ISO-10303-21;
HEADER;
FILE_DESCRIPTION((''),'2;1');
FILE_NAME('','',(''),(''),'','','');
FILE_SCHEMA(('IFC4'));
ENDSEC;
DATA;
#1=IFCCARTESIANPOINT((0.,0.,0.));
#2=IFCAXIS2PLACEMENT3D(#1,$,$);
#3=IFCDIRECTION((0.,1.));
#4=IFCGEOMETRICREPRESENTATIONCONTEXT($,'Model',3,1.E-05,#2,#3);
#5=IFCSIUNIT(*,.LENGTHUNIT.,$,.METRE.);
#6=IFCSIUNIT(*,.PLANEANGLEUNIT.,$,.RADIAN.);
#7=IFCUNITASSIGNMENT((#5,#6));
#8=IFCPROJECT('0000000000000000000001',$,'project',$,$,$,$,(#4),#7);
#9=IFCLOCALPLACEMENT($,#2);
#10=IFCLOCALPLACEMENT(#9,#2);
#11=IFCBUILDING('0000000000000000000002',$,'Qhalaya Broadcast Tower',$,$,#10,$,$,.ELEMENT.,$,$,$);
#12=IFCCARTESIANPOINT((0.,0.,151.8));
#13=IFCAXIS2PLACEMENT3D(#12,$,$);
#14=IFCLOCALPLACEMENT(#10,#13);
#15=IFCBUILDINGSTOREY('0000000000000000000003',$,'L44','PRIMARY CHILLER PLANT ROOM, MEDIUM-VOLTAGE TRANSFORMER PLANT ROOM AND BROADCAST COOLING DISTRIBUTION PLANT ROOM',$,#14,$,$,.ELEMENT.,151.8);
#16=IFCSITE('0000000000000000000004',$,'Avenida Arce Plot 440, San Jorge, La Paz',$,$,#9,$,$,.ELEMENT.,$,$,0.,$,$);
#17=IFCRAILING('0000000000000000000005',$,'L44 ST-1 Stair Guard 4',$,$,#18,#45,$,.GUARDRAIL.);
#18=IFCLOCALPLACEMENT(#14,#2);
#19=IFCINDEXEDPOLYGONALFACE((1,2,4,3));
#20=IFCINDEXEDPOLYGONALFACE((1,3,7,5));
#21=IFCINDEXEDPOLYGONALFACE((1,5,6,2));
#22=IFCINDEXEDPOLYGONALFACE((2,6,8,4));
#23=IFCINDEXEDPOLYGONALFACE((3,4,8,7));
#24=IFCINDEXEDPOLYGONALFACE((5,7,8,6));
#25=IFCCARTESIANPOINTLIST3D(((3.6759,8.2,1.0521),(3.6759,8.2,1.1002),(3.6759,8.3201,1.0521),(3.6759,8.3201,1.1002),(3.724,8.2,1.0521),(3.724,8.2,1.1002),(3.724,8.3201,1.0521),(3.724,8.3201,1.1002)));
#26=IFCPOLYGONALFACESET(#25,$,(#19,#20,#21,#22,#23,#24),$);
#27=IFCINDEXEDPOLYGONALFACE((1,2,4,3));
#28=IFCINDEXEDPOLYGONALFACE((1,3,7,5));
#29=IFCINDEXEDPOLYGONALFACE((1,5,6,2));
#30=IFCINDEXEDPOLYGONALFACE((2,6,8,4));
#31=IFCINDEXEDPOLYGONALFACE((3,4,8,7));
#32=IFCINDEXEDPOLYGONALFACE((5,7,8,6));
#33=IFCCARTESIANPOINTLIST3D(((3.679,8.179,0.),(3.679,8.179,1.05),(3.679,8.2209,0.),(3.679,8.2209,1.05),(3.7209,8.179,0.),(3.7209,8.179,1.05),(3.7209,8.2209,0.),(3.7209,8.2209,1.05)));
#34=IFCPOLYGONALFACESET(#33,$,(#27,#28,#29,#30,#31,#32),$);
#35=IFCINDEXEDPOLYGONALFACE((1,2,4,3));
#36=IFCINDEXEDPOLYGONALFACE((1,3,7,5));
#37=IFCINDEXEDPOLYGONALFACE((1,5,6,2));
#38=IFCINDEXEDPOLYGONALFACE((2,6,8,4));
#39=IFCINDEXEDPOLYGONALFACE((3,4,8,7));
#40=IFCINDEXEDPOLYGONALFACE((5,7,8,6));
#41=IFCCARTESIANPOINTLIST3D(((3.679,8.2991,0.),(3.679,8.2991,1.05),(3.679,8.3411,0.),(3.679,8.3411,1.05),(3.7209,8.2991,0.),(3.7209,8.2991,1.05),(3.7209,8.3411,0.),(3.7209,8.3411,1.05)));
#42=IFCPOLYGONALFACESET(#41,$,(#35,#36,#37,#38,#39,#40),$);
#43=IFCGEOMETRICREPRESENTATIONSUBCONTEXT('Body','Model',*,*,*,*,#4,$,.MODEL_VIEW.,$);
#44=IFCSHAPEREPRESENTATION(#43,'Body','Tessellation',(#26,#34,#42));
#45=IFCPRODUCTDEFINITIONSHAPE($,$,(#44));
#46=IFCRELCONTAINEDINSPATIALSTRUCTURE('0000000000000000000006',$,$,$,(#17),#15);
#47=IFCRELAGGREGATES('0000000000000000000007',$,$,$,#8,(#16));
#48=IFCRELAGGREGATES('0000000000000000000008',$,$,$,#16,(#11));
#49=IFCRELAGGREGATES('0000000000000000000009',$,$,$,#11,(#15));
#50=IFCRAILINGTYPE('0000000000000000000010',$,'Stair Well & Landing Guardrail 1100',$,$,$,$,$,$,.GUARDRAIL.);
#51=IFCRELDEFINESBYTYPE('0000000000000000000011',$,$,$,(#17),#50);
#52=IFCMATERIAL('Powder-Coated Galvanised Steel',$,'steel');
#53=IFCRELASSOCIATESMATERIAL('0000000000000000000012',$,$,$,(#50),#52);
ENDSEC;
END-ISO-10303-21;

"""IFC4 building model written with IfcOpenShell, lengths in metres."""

from ifc_helpers import new_model, si_unit, direction, frame, origin, origin_2d, place, context, subcontext, project, spatial, rectangle, extrude, material, type_object, element, save


model = new_model("IFC4")

# Units and contexts
model_context = context("Model", 3, precision=1e-05, world=origin(), true_north=direction((0.0, 1.0)))
body_context = subcontext(model_context, "Body", "Model", "MODEL_VIEW")
ifc_project = project(units=[si_unit("LENGTHUNIT", "METRE"), si_unit("PLANEANGLEUNIT", "RADIAN")], contexts=[model_context])

# Site, building, storey
site_placement = place(None, origin())
site = spatial("IfcSite", under=ifc_project, at=site_placement, Name="Avenida Arce Plot 440, San Jorge, La Paz", CompositionType="ELEMENT", RefElevation=0.0)
building_placement = place(site_placement, origin())
building = spatial("IfcBuilding", under=site, at=building_placement, Name="Qhalaya Broadcast Tower", CompositionType="ELEMENT")
storey_placement = place(building_placement, frame((0.0, 0.0, 151.8)))
storey = spatial("IfcBuildingStorey", under=building, at=storey_placement, Name="L44", Description="PRIMARY CHILLER PLANT ROOM, MEDIUM-VOLTAGE TRANSFORMER PLANT ROOM AND BROADCAST COOLING DISTRIBUTION PLANT ROOM", CompositionType="ELEMENT", Elevation=151.8)

# Railing
ifc_material_1 = material(Name="Powder-Coated Galvanised Steel", Category="steel")
railing_type_1 = type_object("IfcRailingType", Name="Stair Well & Landing Guardrail 1100", PredefinedType="GUARDRAIL", material=ifc_material_1)
railing_1_placement = place(storey_placement, frame((3.7, 8.2, 0.0)))
element("IfcRailing", 1, at=railing_1_placement, inside=storey, type_object=railing_type_1, Name="L44 ST-1 Stair Guard 4", PredefinedType="GUARDRAIL", context=body_context, shape_type="SweptSolid", body=[
    extrude(rectangle(XDim=0.0481, YDim=0.0481, at=origin_2d()), frame((0.0, 0.0, 1.0762), z_axis=(0.0, 1.0, 0.0), x_axis=(-1.0, 0.0, 0.0)), (0.0, 0.0, 1.0), 0.1201),
    extrude(rectangle(XDim=0.042, YDim=0.042, at=origin_2d()), origin(), (0.0, 0.0, 1.0), 1.05),
    extrude(rectangle(XDim=0.042, YDim=0.042, at=origin_2d()), frame((0.0, 0.1201, 0.0)), (0.0, 0.0, 1.0), 1.05),
])

save(model, "model.ifc")
